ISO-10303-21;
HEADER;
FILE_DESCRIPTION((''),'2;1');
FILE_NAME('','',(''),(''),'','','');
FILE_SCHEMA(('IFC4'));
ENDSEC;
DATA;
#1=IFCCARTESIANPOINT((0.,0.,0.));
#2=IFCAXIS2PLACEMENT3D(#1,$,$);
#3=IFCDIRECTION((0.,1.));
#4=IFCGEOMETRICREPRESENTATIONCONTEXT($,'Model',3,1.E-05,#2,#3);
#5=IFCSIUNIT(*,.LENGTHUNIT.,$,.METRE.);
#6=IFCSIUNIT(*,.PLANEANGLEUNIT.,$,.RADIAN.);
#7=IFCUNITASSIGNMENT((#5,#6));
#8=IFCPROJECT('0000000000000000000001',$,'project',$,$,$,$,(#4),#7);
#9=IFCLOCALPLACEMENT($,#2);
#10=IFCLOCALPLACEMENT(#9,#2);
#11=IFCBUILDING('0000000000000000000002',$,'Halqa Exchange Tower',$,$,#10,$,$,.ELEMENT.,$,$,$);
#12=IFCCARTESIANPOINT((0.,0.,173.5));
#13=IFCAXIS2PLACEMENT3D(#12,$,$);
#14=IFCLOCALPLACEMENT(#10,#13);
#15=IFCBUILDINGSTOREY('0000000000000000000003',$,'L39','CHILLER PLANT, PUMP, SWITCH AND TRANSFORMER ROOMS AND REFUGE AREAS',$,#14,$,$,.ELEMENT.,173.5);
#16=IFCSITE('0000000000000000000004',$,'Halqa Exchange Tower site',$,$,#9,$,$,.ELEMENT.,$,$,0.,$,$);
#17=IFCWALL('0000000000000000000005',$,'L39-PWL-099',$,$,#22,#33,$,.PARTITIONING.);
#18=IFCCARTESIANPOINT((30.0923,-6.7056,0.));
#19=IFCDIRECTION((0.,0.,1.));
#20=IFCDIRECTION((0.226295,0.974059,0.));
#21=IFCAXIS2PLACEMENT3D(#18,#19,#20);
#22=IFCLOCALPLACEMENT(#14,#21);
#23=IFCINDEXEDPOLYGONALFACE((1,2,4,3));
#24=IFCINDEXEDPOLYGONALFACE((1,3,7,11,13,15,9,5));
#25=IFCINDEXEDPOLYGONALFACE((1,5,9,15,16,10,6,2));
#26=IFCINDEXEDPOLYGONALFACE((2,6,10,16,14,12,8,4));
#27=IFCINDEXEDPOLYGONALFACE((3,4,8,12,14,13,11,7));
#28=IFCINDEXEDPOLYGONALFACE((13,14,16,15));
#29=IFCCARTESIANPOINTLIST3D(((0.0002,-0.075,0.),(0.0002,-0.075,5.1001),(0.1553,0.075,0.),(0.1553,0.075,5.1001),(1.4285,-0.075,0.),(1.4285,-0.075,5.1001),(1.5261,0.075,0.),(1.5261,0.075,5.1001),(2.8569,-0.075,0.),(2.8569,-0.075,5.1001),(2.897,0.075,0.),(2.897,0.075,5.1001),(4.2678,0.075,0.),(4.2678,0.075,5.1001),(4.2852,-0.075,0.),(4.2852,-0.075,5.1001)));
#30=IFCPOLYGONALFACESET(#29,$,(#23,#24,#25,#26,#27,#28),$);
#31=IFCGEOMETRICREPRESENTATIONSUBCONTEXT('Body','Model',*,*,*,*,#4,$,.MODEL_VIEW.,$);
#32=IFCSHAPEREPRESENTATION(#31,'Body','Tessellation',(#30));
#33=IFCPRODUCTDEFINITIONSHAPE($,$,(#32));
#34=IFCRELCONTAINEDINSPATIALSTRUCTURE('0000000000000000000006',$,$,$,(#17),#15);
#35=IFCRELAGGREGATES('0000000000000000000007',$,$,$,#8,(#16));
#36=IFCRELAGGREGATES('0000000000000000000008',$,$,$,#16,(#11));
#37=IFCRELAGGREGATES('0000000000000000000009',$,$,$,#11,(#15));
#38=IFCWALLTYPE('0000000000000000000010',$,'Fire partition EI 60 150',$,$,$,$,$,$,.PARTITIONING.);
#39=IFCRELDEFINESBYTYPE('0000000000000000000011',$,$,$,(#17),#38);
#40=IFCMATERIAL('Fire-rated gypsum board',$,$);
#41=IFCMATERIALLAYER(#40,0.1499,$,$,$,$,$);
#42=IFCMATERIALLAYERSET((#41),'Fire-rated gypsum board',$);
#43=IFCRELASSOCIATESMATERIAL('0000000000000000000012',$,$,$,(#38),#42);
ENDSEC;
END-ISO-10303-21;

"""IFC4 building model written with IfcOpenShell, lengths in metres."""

from ifc_helpers import new_model, si_unit, direction, frame, origin, place, context, subcontext, project, spatial, polyline, outline, extrude, material, layer, layer_set, type_object, element, save


model = new_model("IFC4")

# Units and contexts
model_context = context("Model", 3, precision=1e-05, world=origin(), true_north=direction((0.0, 1.0)))
body_context = subcontext(model_context, "Body", "Model", "MODEL_VIEW")
ifc_project = project(units=[si_unit("LENGTHUNIT", "METRE"), si_unit("PLANEANGLEUNIT", "RADIAN")], contexts=[model_context])

# Site, building, storey
site_placement = place(None, origin())
site = spatial("IfcSite", under=ifc_project, at=site_placement, Name="Halqa Exchange Tower site", CompositionType="ELEMENT", RefElevation=0.0)
building_placement = place(site_placement, origin())
building = spatial("IfcBuilding", under=site, at=building_placement, Name="Halqa Exchange Tower", CompositionType="ELEMENT")
storey_placement = place(building_placement, frame((0.0, 0.0, 173.5)))
storey = spatial("IfcBuildingStorey", under=building, at=storey_placement, Name="L39", Description="CHILLER PLANT, PUMP, SWITCH AND TRANSFORMER ROOMS AND REFUGE AREAS", CompositionType="ELEMENT", Elevation=173.5)

# Shared definitions
ifc_material_1 = material(Name="Fire-rated gypsum board")
ifc_layer_1 = layer(ifc_material_1, 0.1499)
ifc_layer_set_1 = layer_set([ifc_layer_1], Name="Fire-rated gypsum board")
wall_type = type_object("IfcWallType", Name="Fire partition EI 60 150", PredefinedType="PARTITIONING", material=ifc_layer_set_1)

# Wall
wall_1_placement = place(storey_placement, frame((30.0923, -6.7056, 0.0), z_axis=(0.0, 0.0, 1.0), x_axis=(0.226295, 0.974059, 0.0)))
element("IfcWall", 1, at=wall_1_placement, inside=storey, type_object=wall_type, Name="L39-PWL-099", PredefinedType="PARTITIONING", context=body_context, shape_type="SweptSolid", body=[
    extrude(outline(polyline([(0.0002, -0.075), (1.4285, -0.075), (2.8569, -0.075), (4.2852, -0.075), (4.2678, 0.075), (2.897, 0.075), (1.5261, 0.075), (0.1553, 0.075), (0.0002, -0.075)])), origin(), (0.0, 0.0, 1.0), 5.1001),
])

save(model, "model.ifc")
